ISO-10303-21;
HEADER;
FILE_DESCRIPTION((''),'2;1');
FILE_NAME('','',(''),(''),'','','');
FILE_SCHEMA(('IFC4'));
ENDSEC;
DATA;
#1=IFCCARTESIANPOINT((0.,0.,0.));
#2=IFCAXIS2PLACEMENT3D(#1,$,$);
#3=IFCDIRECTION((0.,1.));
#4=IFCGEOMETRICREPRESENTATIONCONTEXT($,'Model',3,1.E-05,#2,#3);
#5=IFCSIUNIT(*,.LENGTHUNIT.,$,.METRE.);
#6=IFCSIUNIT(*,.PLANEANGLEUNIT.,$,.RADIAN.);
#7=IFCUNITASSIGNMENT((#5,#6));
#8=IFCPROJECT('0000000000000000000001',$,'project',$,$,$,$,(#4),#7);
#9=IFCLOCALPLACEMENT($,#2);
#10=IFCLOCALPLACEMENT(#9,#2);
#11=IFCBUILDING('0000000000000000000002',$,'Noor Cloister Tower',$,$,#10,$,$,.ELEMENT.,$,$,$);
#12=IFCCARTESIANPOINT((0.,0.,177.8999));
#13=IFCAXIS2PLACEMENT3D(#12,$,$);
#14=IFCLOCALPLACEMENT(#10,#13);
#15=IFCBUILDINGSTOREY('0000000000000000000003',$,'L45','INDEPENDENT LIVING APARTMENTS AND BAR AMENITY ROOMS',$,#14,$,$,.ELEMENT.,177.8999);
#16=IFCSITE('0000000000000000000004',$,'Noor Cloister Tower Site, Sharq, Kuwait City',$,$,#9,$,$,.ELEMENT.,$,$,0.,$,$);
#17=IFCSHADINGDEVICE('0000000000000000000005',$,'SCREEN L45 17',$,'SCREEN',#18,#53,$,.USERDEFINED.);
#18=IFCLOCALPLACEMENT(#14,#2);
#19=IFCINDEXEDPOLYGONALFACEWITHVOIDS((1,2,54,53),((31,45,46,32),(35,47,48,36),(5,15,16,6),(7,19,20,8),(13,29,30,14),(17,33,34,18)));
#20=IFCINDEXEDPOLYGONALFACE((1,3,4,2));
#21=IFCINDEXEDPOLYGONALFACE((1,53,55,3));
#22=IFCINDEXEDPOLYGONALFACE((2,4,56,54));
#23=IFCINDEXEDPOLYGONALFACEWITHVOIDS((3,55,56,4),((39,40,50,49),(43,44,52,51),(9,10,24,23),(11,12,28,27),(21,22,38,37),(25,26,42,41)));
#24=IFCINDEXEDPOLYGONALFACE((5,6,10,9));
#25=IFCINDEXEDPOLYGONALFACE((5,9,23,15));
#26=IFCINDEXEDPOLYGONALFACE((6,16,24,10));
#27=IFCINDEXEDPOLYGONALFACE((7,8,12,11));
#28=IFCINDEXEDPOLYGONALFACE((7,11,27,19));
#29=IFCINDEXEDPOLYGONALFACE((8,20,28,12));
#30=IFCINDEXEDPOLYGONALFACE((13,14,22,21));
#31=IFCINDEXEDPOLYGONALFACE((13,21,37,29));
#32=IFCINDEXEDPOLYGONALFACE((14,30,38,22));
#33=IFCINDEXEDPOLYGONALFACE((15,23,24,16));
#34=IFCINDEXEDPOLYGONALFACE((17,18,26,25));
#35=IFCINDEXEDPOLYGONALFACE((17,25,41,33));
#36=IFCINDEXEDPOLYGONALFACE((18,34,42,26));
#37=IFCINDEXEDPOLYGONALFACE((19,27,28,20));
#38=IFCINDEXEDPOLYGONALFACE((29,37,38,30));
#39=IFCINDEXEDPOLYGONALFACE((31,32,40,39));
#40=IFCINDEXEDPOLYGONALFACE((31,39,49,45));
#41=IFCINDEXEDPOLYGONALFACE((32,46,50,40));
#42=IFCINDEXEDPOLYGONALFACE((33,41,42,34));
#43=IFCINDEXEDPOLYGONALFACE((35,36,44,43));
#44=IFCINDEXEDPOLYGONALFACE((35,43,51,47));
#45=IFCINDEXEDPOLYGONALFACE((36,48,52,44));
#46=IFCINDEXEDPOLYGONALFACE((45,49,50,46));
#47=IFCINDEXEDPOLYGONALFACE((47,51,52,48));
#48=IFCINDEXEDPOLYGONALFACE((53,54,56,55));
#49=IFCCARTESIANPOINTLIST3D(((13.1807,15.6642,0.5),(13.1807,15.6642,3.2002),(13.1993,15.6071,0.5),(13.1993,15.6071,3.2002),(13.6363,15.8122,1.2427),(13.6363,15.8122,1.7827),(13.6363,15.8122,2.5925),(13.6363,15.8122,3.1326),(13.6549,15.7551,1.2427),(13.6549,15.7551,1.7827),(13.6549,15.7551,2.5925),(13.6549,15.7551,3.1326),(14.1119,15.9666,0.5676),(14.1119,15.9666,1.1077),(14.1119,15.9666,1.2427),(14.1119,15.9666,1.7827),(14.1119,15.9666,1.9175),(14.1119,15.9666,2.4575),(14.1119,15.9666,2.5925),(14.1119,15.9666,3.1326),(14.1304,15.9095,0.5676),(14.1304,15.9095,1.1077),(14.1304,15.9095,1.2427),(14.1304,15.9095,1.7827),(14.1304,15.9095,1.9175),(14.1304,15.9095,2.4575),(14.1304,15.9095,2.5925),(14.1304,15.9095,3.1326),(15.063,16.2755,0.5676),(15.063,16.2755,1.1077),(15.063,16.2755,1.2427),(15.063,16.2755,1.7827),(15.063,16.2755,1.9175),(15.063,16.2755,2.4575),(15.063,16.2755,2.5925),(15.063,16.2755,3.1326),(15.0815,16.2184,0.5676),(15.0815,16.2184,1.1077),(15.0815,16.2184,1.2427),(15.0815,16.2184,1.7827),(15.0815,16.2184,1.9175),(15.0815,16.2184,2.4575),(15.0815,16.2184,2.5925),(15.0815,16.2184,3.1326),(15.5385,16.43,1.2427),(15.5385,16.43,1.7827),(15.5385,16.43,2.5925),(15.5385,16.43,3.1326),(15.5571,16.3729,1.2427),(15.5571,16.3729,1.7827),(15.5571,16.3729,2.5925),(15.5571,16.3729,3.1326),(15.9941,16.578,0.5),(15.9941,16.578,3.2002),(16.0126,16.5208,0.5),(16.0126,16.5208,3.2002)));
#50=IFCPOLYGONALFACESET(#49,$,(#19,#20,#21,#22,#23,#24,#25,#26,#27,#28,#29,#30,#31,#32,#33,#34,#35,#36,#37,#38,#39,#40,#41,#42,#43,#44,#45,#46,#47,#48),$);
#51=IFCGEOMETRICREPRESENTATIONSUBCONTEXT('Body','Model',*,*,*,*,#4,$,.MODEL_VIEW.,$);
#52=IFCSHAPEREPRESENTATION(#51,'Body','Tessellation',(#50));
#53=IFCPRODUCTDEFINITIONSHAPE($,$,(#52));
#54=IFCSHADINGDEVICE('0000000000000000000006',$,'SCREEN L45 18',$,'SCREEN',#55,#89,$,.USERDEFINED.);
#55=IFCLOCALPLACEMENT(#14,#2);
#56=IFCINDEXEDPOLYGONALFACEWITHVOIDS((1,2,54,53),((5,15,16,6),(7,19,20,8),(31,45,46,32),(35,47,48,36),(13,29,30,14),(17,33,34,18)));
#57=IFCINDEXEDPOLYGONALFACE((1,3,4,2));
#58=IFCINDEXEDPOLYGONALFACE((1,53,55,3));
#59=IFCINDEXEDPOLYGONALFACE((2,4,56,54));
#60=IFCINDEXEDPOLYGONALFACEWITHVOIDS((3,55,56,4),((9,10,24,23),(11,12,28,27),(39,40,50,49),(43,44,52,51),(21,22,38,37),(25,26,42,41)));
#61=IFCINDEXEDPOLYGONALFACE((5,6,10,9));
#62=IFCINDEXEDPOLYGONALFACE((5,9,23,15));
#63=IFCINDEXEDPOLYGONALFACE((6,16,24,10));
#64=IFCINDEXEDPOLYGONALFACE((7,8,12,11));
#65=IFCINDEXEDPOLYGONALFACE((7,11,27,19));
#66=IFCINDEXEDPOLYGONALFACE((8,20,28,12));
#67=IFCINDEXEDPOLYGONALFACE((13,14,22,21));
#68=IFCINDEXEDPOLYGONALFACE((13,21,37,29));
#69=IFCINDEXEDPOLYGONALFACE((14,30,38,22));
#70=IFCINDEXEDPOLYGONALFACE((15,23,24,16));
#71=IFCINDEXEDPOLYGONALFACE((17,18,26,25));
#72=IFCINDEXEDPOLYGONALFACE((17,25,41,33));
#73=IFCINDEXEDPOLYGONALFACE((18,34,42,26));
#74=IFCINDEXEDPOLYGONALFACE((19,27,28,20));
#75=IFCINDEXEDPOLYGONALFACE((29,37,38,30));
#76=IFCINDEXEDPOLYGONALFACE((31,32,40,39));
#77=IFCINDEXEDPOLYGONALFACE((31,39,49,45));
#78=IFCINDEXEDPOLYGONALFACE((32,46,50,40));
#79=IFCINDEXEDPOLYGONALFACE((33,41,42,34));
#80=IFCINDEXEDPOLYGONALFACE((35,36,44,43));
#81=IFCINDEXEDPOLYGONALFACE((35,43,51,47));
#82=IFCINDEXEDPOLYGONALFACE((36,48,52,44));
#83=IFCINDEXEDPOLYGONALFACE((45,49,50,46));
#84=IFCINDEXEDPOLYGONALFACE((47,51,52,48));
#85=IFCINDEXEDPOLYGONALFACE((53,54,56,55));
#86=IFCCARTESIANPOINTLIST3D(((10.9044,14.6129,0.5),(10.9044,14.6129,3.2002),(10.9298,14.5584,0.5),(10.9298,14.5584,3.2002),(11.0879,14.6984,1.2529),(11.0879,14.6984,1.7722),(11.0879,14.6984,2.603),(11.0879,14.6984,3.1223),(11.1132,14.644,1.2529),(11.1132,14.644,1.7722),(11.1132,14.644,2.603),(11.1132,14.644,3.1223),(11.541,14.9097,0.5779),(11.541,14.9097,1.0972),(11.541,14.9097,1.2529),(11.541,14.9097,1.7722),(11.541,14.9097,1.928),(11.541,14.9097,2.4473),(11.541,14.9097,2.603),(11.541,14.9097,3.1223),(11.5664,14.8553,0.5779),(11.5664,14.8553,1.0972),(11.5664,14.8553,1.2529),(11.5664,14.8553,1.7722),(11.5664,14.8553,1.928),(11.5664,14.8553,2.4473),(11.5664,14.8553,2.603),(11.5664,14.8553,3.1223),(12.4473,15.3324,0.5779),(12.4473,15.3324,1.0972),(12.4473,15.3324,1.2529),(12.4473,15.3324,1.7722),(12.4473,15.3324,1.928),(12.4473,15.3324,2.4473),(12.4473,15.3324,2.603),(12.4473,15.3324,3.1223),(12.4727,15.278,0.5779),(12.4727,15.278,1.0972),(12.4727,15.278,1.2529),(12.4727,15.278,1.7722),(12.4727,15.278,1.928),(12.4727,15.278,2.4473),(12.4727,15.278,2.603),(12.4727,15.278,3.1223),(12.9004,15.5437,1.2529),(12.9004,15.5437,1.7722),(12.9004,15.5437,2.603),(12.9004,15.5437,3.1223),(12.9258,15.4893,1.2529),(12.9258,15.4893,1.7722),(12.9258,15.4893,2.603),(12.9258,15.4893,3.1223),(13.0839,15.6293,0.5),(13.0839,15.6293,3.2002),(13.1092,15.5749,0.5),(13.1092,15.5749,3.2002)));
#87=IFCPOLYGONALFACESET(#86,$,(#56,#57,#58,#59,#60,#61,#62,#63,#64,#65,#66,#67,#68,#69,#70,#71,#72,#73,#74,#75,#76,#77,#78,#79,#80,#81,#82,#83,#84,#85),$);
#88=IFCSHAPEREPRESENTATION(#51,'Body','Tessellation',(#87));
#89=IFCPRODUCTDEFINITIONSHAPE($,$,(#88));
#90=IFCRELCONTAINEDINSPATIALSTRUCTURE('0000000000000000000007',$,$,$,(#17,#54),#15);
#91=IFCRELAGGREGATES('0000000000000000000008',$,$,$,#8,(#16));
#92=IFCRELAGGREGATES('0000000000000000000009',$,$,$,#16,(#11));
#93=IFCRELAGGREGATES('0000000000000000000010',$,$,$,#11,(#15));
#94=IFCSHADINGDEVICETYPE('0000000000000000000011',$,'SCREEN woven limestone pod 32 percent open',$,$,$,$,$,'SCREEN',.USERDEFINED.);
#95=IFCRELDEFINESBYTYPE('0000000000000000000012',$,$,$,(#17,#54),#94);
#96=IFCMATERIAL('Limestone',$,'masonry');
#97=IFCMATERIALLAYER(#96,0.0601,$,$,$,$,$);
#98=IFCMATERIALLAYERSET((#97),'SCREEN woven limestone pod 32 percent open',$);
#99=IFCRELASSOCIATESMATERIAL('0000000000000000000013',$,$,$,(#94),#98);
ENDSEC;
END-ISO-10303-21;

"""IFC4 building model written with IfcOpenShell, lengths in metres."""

from ifc_helpers import new_model, si_unit, direction, frame, origin, place, context, subcontext, project, spatial, polyline, outline, extrude, material, layer, layer_set, type_object, element, save


model = new_model("IFC4")

# Units and contexts
model_context = context("Model", 3, precision=1e-05, world=origin(), true_north=direction((0.0, 1.0)))
body_context = subcontext(model_context, "Body", "Model", "MODEL_VIEW")
ifc_project = project(units=[si_unit("LENGTHUNIT", "METRE"), si_unit("PLANEANGLEUNIT", "RADIAN")], contexts=[model_context])

# Site, building, storey
site_placement = place(None, origin())
site = spatial("IfcSite", under=ifc_project, at=site_placement, Name="Noor Cloister Tower Site, Sharq, Kuwait City", CompositionType="ELEMENT", RefElevation=0.0)
building_placement = place(site_placement, origin())
building = spatial("IfcBuilding", under=site, at=building_placement, Name="Noor Cloister Tower", CompositionType="ELEMENT")
storey_placement = place(building_placement, frame((0.0, 0.0, 177.8999)))
storey = spatial("IfcBuildingStorey", under=building, at=storey_placement, Name="L45", Description="INDEPENDENT LIVING APARTMENTS AND BAR AMENITY ROOMS", CompositionType="ELEMENT", Elevation=177.8999)

# Shading devices
ifc_material_1 = material(Name="Limestone", Category="masonry")
ifc_layer_1 = layer(ifc_material_1, 0.0601)
ifc_layer_set_1 = layer_set([ifc_layer_1], Name="SCREEN woven limestone pod 32 percent open")
shading_device_type_1 = type_object("IfcShadingDeviceType", Name="SCREEN woven limestone pod 32 percent open", ElementType="SCREEN", PredefinedType="USERDEFINED", material=ifc_layer_set_1)
shading_device_1_placement = place(storey_placement, frame((14.606, 16.064, 1.8501), z_axis=(-0.308902, 0.951094, 0.0), x_axis=(-0.951094, -0.308902, 0.0)))
element("IfcShadingDevice", 1, at=shading_device_1_placement, inside=storey, type_object=shading_device_type_1, Name="SCREEN L45 17", ObjectType="SCREEN", PredefinedType="USERDEFINED", context=body_context, shape_type="SweptSolid", body=[
    extrude(outline(polyline([(-1.479, -1.3501), (1.479, -1.3501), (1.479, 1.3501), (-1.479, 1.3501), (-1.479, -1.3501)]), holes=[polyline([(-0.5, -1.2825), (0.5, -1.2825), (0.5, -0.7424), (-0.5, -0.7424), (-0.5, -1.2825)]), polyline([(-1.0, -0.6074), (-0.5, -0.6074), (-0.5, -0.0674), (-1.0, -0.0674), (-1.0, -0.6074)]), polyline([(0.5, -0.6074), (1.0, -0.6074), (1.0, -0.0674), (0.5, -0.0674), (0.5, -0.6074)]), polyline([(-0.5, 0.0674), (0.5, 0.0674), (0.5, 0.6074), (-0.5, 0.6074), (-0.5, 0.0674)]), polyline([(-1.0, 0.7424), (-0.5, 0.7424), (-0.5, 1.2825), (-1.0, 1.2825), (-1.0, 0.7424)]), polyline([(0.5, 0.7424), (1.0, 0.7424), (1.0, 1.2825), (0.5, 1.2825), (0.5, 0.7424)])]), origin(), (0.0, 0.0, 1.0), 0.0601),
])
shading_device_2_placement = place(storey_placement, frame((12.0195, 15.0667, 1.8501), z_axis=(-0.422663, 0.906287, 0.0), x_axis=(-0.906287, -0.422663, 0.0)))
element("IfcShadingDevice", 2, at=shading_device_2_placement, inside=storey, type_object=shading_device_type_1, Name="SCREEN L45 18", ObjectType="SCREEN", PredefinedType="USERDEFINED", context=body_context, shape_type="SweptSolid", body=[
    extrude(outline(polyline([(-1.2024, -1.3501), (1.2024, -1.3501), (1.2024, 1.3501), (-1.2024, 1.3501), (-1.2024, -1.3501)]), holes=[polyline([(-0.5, -1.2722), (0.5, -1.2722), (0.5, -0.7529), (-0.5, -0.7529), (-0.5, -1.2722)]), polyline([(-1.0, -0.5972), (-0.5, -0.5972), (-0.5, -0.0779), (-1.0, -0.0779), (-1.0, -0.5972)]), polyline([(0.5, -0.5972), (1.0, -0.5972), (1.0, -0.0779), (0.5, -0.0779), (0.5, -0.5972)]), polyline([(-0.5, 0.0779), (0.5, 0.0779), (0.5, 0.5972), (-0.5, 0.5972), (-0.5, 0.0779)]), polyline([(-1.0, 0.7529), (-0.5, 0.7529), (-0.5, 1.2722), (-1.0, 1.2722), (-1.0, 0.7529)]), polyline([(0.5, 0.7529), (1.0, 0.7529), (1.0, 1.2722), (0.5, 1.2722), (0.5, 0.7529)])]), origin(), (0.0, 0.0, 1.0), 0.0601),
])

save(model, "model.ifc")
